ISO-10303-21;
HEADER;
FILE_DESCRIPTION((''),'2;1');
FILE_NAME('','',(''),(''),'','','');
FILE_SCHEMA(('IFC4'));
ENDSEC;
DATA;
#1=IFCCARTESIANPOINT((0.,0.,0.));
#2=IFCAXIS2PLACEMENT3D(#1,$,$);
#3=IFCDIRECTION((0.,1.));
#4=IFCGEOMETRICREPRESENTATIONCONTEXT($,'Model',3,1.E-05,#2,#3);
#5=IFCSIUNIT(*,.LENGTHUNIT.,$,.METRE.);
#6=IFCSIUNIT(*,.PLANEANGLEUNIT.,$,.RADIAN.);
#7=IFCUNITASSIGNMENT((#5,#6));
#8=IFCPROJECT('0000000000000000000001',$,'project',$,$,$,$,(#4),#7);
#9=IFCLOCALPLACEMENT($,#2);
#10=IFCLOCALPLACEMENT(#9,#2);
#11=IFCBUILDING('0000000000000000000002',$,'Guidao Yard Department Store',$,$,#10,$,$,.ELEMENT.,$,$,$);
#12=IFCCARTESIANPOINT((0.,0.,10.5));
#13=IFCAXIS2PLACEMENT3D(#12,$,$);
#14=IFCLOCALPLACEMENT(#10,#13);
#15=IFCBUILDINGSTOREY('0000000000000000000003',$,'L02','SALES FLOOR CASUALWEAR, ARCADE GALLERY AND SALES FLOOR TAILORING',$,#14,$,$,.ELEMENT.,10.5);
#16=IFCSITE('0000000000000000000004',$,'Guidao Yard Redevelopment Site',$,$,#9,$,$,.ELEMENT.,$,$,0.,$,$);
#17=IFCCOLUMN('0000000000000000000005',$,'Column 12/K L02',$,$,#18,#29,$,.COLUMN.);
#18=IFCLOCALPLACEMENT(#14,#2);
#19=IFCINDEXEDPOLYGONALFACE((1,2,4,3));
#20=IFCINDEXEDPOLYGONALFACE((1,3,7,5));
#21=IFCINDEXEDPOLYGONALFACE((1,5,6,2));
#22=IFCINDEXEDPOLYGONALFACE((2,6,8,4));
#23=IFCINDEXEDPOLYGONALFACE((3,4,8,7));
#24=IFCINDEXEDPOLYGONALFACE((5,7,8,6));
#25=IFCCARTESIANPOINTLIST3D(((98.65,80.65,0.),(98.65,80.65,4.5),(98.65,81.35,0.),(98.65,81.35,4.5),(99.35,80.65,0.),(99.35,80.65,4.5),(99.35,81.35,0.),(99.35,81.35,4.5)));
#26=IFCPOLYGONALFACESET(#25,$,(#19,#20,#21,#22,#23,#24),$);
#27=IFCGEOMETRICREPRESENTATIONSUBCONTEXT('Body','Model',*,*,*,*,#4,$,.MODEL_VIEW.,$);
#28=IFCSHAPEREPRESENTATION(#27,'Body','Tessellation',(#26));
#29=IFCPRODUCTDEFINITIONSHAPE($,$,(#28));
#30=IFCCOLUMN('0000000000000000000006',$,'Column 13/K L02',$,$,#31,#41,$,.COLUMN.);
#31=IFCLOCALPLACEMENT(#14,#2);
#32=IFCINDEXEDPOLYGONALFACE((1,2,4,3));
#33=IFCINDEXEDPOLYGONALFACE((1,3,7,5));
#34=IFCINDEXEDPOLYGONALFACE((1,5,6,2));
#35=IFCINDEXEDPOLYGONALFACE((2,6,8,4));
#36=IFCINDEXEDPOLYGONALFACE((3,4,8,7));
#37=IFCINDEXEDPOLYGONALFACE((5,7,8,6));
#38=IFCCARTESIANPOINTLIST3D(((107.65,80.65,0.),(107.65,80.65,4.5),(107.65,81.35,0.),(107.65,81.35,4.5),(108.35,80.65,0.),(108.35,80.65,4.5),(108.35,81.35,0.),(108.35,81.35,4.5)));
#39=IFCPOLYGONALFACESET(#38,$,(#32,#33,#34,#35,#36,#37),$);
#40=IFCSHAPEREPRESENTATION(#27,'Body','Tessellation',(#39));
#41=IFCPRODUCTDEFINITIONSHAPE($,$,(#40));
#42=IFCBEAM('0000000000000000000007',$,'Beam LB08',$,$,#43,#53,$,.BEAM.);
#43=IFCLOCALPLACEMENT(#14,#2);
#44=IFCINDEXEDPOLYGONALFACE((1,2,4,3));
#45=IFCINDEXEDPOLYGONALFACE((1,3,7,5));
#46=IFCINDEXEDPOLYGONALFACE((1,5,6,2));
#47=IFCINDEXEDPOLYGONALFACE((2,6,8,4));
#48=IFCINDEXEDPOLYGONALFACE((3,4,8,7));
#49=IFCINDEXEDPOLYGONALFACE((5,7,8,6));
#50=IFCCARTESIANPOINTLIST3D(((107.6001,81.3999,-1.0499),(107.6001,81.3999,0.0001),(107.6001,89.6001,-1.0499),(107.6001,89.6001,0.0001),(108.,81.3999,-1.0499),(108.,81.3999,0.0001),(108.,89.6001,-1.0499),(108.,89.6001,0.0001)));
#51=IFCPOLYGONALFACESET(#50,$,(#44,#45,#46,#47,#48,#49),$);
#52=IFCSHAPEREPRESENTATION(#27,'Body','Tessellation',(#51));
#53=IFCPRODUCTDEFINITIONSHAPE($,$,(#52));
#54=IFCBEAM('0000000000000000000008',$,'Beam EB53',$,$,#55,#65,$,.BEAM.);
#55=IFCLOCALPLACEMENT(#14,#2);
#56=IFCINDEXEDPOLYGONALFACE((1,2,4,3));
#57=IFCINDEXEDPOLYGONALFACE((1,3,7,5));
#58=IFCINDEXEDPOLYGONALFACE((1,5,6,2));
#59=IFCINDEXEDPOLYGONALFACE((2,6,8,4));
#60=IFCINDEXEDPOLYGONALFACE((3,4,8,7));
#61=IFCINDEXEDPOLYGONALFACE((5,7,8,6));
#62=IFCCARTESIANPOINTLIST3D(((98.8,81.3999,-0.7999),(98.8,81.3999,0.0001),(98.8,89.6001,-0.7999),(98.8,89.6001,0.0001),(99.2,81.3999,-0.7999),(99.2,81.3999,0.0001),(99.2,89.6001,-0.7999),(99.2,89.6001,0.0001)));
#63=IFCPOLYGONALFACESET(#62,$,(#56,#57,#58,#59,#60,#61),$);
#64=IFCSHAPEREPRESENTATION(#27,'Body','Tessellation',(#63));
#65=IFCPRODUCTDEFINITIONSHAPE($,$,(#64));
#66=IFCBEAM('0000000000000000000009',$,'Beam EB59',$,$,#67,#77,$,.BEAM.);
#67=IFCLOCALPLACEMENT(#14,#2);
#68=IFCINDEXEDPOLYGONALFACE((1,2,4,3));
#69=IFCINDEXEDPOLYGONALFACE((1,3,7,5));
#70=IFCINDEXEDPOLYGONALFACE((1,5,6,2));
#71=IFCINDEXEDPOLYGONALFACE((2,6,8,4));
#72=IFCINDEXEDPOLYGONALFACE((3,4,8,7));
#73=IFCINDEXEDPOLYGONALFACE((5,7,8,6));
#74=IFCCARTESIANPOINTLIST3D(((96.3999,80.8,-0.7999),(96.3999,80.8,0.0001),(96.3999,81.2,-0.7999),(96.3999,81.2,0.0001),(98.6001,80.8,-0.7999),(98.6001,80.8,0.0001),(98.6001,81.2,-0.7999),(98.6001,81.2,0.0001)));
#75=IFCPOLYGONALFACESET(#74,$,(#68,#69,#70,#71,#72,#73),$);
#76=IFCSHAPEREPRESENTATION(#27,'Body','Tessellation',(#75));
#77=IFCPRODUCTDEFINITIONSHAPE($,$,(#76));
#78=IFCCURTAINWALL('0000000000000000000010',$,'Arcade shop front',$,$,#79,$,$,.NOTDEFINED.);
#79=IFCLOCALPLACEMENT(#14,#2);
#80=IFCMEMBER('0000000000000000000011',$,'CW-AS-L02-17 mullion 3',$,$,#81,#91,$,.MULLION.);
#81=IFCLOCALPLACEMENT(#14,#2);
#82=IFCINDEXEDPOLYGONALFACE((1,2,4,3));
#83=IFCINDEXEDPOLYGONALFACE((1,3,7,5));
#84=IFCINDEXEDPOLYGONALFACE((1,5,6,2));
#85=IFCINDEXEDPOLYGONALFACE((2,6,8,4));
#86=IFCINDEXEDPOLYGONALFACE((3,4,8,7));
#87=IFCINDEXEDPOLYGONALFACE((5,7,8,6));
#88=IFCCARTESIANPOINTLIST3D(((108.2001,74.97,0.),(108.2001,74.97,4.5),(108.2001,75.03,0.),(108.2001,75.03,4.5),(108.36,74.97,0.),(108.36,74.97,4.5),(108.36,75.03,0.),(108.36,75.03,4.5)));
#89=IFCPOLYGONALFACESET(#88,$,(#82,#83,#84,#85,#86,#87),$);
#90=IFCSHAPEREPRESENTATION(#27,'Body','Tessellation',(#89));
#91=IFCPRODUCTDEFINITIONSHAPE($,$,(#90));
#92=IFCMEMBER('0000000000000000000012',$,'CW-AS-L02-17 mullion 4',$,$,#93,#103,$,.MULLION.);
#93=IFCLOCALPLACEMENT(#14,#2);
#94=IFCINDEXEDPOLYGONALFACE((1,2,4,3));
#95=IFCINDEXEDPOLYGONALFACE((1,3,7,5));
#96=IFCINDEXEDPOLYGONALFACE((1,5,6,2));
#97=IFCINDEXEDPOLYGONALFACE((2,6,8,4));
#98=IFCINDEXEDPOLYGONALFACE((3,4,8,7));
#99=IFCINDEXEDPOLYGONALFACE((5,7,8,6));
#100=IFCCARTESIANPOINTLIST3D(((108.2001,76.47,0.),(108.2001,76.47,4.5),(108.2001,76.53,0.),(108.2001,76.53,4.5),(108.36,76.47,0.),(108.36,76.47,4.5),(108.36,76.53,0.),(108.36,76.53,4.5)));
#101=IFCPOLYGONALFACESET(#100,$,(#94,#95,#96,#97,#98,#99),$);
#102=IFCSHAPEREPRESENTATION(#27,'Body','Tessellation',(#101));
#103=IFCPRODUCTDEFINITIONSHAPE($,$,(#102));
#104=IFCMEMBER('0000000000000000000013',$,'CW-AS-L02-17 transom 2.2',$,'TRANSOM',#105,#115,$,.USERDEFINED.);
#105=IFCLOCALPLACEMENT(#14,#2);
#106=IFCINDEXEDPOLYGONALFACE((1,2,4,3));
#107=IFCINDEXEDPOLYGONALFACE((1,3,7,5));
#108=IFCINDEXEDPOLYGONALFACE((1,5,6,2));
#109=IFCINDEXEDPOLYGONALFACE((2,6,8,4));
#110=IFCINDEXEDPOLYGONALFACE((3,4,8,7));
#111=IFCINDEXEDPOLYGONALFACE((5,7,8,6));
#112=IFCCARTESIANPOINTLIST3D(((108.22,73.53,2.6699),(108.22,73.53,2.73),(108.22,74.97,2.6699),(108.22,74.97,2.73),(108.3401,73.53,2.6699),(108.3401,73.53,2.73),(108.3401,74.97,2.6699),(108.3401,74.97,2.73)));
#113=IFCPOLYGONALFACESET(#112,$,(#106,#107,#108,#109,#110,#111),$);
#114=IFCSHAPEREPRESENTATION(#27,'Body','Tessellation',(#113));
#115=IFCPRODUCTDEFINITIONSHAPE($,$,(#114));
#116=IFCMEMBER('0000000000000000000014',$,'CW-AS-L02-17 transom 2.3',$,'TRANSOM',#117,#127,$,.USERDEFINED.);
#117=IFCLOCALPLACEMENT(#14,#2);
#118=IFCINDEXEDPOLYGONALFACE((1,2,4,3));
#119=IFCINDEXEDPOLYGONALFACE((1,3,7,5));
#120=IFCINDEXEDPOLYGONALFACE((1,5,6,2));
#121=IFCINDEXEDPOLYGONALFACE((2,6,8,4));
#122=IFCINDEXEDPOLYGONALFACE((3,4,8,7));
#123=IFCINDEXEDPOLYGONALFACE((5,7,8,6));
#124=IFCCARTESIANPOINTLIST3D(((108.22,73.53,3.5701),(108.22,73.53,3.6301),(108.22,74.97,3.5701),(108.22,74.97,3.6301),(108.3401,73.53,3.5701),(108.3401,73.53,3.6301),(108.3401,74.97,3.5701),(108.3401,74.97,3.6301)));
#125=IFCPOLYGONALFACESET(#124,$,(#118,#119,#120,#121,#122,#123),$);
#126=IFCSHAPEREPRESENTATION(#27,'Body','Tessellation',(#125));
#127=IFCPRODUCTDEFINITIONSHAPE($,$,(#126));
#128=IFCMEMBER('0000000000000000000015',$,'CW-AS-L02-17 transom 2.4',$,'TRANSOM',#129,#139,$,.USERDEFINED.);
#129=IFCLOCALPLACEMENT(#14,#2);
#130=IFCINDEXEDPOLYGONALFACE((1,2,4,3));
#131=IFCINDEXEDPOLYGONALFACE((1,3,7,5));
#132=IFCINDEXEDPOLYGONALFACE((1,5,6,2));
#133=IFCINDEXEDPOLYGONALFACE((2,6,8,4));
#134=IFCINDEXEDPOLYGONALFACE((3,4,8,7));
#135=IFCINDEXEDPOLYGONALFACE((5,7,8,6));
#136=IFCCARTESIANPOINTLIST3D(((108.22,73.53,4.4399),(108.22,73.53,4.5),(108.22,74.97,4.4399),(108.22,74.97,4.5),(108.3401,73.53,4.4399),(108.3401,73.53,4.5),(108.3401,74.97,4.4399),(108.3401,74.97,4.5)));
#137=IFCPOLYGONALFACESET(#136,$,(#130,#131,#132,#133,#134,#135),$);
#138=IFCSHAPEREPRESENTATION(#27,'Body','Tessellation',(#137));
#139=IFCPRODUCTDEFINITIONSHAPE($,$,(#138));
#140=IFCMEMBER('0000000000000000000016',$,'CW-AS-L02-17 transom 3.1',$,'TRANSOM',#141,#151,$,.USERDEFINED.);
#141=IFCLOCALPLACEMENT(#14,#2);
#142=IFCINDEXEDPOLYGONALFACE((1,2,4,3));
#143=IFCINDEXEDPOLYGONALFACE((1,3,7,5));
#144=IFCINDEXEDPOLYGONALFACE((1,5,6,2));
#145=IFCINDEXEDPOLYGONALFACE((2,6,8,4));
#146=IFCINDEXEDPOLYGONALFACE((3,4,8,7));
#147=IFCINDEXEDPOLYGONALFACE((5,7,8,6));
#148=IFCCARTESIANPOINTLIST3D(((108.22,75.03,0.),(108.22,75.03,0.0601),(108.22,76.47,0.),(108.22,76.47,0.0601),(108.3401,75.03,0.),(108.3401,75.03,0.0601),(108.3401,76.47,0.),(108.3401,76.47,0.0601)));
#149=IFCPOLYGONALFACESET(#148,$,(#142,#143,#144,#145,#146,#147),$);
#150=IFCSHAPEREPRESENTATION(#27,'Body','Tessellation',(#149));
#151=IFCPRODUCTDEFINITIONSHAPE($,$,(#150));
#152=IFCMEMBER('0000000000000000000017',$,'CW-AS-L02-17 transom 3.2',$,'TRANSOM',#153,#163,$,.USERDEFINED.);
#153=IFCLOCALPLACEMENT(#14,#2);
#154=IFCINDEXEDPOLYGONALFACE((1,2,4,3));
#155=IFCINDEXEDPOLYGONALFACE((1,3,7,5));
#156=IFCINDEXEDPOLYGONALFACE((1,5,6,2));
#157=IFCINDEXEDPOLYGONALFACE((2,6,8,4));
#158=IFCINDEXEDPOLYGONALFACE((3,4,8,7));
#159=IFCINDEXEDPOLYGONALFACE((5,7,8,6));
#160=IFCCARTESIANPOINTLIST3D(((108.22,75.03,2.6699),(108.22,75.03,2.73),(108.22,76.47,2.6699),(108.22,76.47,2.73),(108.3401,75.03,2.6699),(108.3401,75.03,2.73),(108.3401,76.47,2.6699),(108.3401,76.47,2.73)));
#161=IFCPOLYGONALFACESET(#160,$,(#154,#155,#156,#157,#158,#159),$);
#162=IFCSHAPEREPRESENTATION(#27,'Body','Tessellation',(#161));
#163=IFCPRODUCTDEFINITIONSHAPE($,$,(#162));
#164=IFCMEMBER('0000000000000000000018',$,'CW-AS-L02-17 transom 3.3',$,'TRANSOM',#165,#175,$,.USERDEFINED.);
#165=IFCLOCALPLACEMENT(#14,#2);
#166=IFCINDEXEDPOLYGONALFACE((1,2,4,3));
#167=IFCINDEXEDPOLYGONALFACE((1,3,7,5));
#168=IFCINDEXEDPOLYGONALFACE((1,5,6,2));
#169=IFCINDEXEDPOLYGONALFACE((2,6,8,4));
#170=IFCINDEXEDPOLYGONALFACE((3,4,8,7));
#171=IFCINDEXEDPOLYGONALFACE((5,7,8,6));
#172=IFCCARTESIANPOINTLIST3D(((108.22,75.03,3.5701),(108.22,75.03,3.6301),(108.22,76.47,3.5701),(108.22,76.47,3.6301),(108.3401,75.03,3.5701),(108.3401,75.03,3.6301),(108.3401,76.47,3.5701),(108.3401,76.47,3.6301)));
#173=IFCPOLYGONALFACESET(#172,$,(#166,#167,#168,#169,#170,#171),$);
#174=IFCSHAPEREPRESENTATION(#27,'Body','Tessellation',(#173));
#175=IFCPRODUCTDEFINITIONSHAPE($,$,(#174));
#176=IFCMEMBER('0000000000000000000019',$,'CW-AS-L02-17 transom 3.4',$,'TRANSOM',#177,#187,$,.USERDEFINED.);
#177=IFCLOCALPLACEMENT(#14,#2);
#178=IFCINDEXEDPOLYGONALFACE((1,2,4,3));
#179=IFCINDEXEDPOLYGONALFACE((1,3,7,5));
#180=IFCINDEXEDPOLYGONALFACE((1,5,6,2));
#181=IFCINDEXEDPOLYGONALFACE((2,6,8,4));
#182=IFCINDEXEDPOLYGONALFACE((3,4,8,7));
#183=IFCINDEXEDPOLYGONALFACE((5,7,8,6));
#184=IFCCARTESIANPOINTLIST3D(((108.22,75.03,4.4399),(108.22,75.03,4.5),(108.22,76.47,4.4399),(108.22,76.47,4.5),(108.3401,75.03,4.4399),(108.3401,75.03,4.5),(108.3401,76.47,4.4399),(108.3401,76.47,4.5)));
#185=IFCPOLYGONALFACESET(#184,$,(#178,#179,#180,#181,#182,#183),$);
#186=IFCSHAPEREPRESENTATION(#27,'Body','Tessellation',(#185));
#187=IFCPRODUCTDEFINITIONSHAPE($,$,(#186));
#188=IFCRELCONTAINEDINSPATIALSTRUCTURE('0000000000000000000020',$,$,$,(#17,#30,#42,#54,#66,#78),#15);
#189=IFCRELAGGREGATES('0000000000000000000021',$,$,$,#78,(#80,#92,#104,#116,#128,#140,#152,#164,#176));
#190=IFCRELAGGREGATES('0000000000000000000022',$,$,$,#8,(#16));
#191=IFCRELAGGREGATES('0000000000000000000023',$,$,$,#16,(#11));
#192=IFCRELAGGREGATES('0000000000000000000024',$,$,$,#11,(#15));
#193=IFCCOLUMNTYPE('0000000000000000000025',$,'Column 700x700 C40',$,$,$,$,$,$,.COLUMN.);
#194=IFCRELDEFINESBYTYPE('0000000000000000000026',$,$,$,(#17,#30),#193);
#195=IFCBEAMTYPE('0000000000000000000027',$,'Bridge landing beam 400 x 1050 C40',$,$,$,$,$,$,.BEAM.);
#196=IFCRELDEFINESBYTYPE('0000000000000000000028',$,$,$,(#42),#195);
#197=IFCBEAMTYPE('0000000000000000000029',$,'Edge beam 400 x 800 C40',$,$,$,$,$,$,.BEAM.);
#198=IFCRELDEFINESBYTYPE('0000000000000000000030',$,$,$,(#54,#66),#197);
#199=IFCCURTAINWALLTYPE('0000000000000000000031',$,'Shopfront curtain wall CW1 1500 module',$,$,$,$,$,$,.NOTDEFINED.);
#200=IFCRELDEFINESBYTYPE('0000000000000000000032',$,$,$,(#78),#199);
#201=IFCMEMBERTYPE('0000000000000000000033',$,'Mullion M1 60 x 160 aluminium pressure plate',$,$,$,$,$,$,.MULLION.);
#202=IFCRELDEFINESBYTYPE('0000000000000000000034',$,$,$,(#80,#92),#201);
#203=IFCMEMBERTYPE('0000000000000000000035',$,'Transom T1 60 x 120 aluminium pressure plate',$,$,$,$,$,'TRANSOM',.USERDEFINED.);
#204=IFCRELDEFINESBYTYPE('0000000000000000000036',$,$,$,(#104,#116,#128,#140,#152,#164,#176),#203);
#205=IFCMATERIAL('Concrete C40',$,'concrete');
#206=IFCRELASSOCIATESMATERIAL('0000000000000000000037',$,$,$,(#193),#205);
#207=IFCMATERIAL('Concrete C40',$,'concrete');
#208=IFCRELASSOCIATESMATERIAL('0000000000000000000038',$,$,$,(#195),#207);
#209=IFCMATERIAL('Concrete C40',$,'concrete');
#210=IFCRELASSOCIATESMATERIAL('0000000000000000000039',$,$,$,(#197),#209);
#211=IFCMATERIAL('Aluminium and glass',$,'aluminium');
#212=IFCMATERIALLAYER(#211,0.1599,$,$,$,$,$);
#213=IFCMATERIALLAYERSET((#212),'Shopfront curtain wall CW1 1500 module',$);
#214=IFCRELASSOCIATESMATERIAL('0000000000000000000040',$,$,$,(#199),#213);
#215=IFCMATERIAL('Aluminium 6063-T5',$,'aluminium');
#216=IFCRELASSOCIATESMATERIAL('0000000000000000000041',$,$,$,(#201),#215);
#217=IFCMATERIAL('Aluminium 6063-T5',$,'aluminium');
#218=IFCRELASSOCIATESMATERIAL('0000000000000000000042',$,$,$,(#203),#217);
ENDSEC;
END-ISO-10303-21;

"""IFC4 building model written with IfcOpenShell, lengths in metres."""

from ifc_helpers import new_model, si_unit, direction, frame, origin, origin_2d, place, context, subcontext, project, spatial, rectangle, extrude, material, layer, layer_set, material_profile, profile_set, type_object, element, aggregate, save


model = new_model("IFC4")

# Units and contexts
model_context = context("Model", 3, precision=1e-05, world=origin(), true_north=direction((0.0, 1.0)))
body_context = subcontext(model_context, "Body", "Model", "MODEL_VIEW")
ifc_project = project(units=[si_unit("LENGTHUNIT", "METRE"), si_unit("PLANEANGLEUNIT", "RADIAN")], contexts=[model_context])

# Site, building, storey
site_placement = place(None, origin())
site = spatial("IfcSite", under=ifc_project, at=site_placement, Name="Guidao Yard Redevelopment Site", CompositionType="ELEMENT", RefElevation=0.0)
building_placement = place(site_placement, origin())
building = spatial("IfcBuilding", under=site, at=building_placement, Name="Guidao Yard Department Store", CompositionType="ELEMENT")
storey_placement = place(building_placement, frame((0.0, 0.0, 10.5)))
storey = spatial("IfcBuildingStorey", under=building, at=storey_placement, Name="L02", Description="SALES FLOOR CASUALWEAR, ARCADE GALLERY AND SALES FLOOR TAILORING", CompositionType="ELEMENT", Elevation=10.5)

# Columns
ifc_material_1 = material(Name="Concrete C40", Category="concrete")
ifc_material_profile_1 = material_profile(ifc_material_1, rectangle(XDim=0.7, YDim=0.7, at=origin_2d()), Name="COL 700x700")
ifc_profile_set_1 = profile_set([ifc_material_profile_1], Name="Concrete C40")
column_type = type_object("IfcColumnType", Name="Column 700x700 C40", PredefinedType="COLUMN", material=ifc_profile_set_1)
for number, where, z_axis, x_axis, name in (
    (1, (99.0, 81.0, 0.0), (0.0, 0.0, 1.0), (1.0, 0.0, 0.0), "Column 12/K L02"),
    (2, (108.0, 81.0, 0.0), (0.0, 0.0, 1.0), (1.0, 0.0, 0.0), "Column 13/K L02"),
):
    element("IfcColumn", number, at=place(storey_placement, frame(where, z_axis=z_axis, x_axis=x_axis)), inside=storey, type_object=column_type, Name=name, PredefinedType="COLUMN", context=body_context, shape_type="SweptSolid", body=[
        extrude(rectangle(XDim=0.7, YDim=0.7, at=origin_2d()), origin(), (0.0, 0.0, 1.0), 4.5),
    ])

# Beams
ifc_material_2 = material(Name="Concrete C40", Category="concrete")
ifc_material_profile_2 = material_profile(ifc_material_2, rectangle(XDim=0.3999, YDim=1.05, at=origin_2d()), Name="Bridge landing beam 400 x 1050 C40")
ifc_profile_set_2 = profile_set([ifc_material_profile_2], Name="Concrete C40")
beam_type_1 = type_object("IfcBeamType", Name="Bridge landing beam 400 x 1050 C40", PredefinedType="BEAM", material=ifc_profile_set_2)
beam_1_placement = place(storey_placement, frame((107.8, 81.3999, -0.5249), z_axis=(0.0, 1.0, 0.0), x_axis=(-1.0, 0.0, 0.0)))
element("IfcBeam", 3, at=beam_1_placement, inside=storey, type_object=beam_type_1, Name="Beam LB08", PredefinedType="BEAM", context=body_context, shape_type="SweptSolid", body=[
    extrude(rectangle(XDim=0.3999, YDim=1.05, at=origin_2d()), origin(), (0.0, 0.0, 1.0), 8.2002),
])
ifc_material_3 = material(Name="Concrete C40", Category="concrete")
ifc_material_profile_3 = material_profile(ifc_material_3, rectangle(XDim=0.3999, YDim=0.8, at=origin_2d()), Name="Edge beam 400 x 800 C40")
ifc_profile_set_3 = profile_set([ifc_material_profile_3], Name="Concrete C40")
beam_type_2 = type_object("IfcBeamType", Name="Edge beam 400 x 800 C40", PredefinedType="BEAM", material=ifc_profile_set_3)
beam_2_placement = place(storey_placement, frame((99.0, 81.3999, -0.3999), z_axis=(0.0, 1.0, 0.0), x_axis=(-1.0, 0.0, 0.0)))
element("IfcBeam", 4, at=beam_2_placement, inside=storey, type_object=beam_type_2, Name="Beam EB53", PredefinedType="BEAM", context=body_context, shape_type="SweptSolid", body=[
    extrude(rectangle(XDim=0.3999, YDim=0.8, at=origin_2d()), origin(), (0.0, 0.0, 1.0), 8.2002),
])
beam_3_placement = place(storey_placement, frame((96.3999, 81.0, -0.3999), z_axis=(1.0, 0.0, 0.0), x_axis=(0.0, 1.0, 0.0)))
element("IfcBeam", 5, at=beam_3_placement, inside=storey, type_object=beam_type_2, Name="Beam EB59", PredefinedType="BEAM", context=body_context, shape_type="SweptSolid", body=[
    extrude(rectangle(XDim=0.3999, YDim=0.8, at=origin_2d()), origin(), (0.0, 0.0, 1.0), 2.2002),
])

# Curtain wall, members
ifc_material_4 = material(Name="Aluminium and glass", Category="aluminium")
ifc_layer_1 = layer(ifc_material_4, 0.1599)
ifc_layer_set_1 = layer_set([ifc_layer_1], Name="Shopfront curtain wall CW1 1500 module")
curtain_wall_type = type_object("IfcCurtainWallType", Name="Shopfront curtain wall CW1 1500 module", PredefinedType="NOTDEFINED", material=ifc_layer_set_1)
curtain_wall_placement = place(storey_placement, origin())
curtain_wall = element("IfcCurtainWall", 6, at=curtain_wall_placement, inside=storey, type_object=curtain_wall_type, Name="Arcade shop front", PredefinedType="NOTDEFINED")
ifc_material_5 = material(Name="Aluminium 6063-T5", Category="aluminium")
ifc_material_profile_4 = material_profile(ifc_material_5, rectangle(XDim=0.0601, YDim=0.1599, at=origin_2d()), Name="Mullion M1 60 x 160 aluminium pressure plate")
ifc_profile_set_4 = profile_set([ifc_material_profile_4], Name="Aluminium 6063-T5")
member_type_1 = type_object("IfcMemberType", Name="Mullion M1 60 x 160 aluminium pressure plate", PredefinedType="MULLION", material=ifc_profile_set_4)
member_1_placement = place(storey_placement, frame((108.28, 75.0, 0.0), z_axis=(0.0, 0.0, 1.0), x_axis=(0.0, -1.0, 0.0)))
member_1 = element("IfcMember", 7, at=member_1_placement, type_object=member_type_1, Name="CW-AS-L02-17 mullion 3", PredefinedType="MULLION", context=body_context, shape_type="SweptSolid", body=[
    extrude(rectangle(XDim=0.0601, YDim=0.1599, at=origin_2d()), origin(), (0.0, 0.0, 1.0), 4.5),
])
member_2_placement = place(storey_placement, frame((108.28, 76.5, 0.0), z_axis=(0.0, 0.0, 1.0), x_axis=(0.0, -1.0, 0.0)))
member_2 = element("IfcMember", 8, at=member_2_placement, type_object=member_type_1, Name="CW-AS-L02-17 mullion 4", PredefinedType="MULLION", context=body_context, shape_type="SweptSolid", body=[
    extrude(rectangle(XDim=0.0601, YDim=0.1599, at=origin_2d()), origin(), (0.0, 0.0, 1.0), 4.5),
])
ifc_material_6 = material(Name="Aluminium 6063-T5", Category="aluminium")
ifc_material_profile_5 = material_profile(ifc_material_6, rectangle(XDim=0.1201, YDim=0.0601, at=origin_2d()), Name="Transom T1 60 x 120 aluminium pressure plate")
ifc_profile_set_5 = profile_set([ifc_material_profile_5], Name="Aluminium 6063-T5")
member_type_2 = type_object("IfcMemberType", Name="Transom T1 60 x 120 aluminium pressure plate", ElementType="TRANSOM", PredefinedType="USERDEFINED", material=ifc_profile_set_5)
member_3_placement = place(storey_placement, frame((108.28, 74.97, 2.7), z_axis=(0.0, -1.0, 0.0), x_axis=(1.0, 0.0, 0.0)))
member_3 = element("IfcMember", 9, at=member_3_placement, type_object=member_type_2, Name="CW-AS-L02-17 transom 2.2", ObjectType="TRANSOM", PredefinedType="USERDEFINED", context=body_context, shape_type="SweptSolid", body=[
    extrude(rectangle(XDim=0.1201, YDim=0.0601, at=origin_2d()), origin(), (0.0, 0.0, 1.0), 1.4399),
])
member_4_placement = place(storey_placement, frame((108.28, 74.97, 3.6001), z_axis=(0.0, -1.0, 0.0), x_axis=(1.0, 0.0, 0.0)))
member_4 = element("IfcMember", 10, at=member_4_placement, type_object=member_type_2, Name="CW-AS-L02-17 transom 2.3", ObjectType="TRANSOM", PredefinedType="USERDEFINED", context=body_context, shape_type="SweptSolid", body=[
    extrude(rectangle(XDim=0.1201, YDim=0.0601, at=origin_2d()), origin(), (0.0, 0.0, 1.0), 1.4399),
])
member_5_placement = place(storey_placement, frame((108.28, 74.97, 4.47), z_axis=(0.0, -1.0, 0.0), x_axis=(1.0, 0.0, 0.0)))
member_5 = element("IfcMember", 11, at=member_5_placement, type_object=member_type_2, Name="CW-AS-L02-17 transom 2.4", ObjectType="TRANSOM", PredefinedType="USERDEFINED", context=body_context, shape_type="SweptSolid", body=[
    extrude(rectangle(XDim=0.1201, YDim=0.0601, at=origin_2d()), origin(), (0.0, 0.0, 1.0), 1.4399),
])
member_6_placement = place(storey_placement, frame((108.28, 76.47, 0.03), z_axis=(0.0, -1.0, 0.0), x_axis=(1.0, 0.0, 0.0)))
member_6 = element("IfcMember", 12, at=member_6_placement, type_object=member_type_2, Name="CW-AS-L02-17 transom 3.1", ObjectType="TRANSOM", PredefinedType="USERDEFINED", context=body_context, shape_type="SweptSolid", body=[
    extrude(rectangle(XDim=0.1201, YDim=0.0601, at=origin_2d()), origin(), (0.0, 0.0, 1.0), 1.4399),
])
member_7_placement = place(storey_placement, frame((108.28, 76.47, 2.7), z_axis=(0.0, -1.0, 0.0), x_axis=(1.0, 0.0, 0.0)))
member_7 = element("IfcMember", 13, at=member_7_placement, type_object=member_type_2, Name="CW-AS-L02-17 transom 3.2", ObjectType="TRANSOM", PredefinedType="USERDEFINED", context=body_context, shape_type="SweptSolid", body=[
    extrude(rectangle(XDim=0.1201, YDim=0.0601, at=origin_2d()), origin(), (0.0, 0.0, 1.0), 1.4399),
])
member_8_placement = place(storey_placement, frame((108.28, 76.47, 3.6001), z_axis=(0.0, -1.0, 0.0), x_axis=(1.0, 0.0, 0.0)))
member_8 = element("IfcMember", 14, at=member_8_placement, type_object=member_type_2, Name="CW-AS-L02-17 transom 3.3", ObjectType="TRANSOM", PredefinedType="USERDEFINED", context=body_context, shape_type="SweptSolid", body=[
    extrude(rectangle(XDim=0.1201, YDim=0.0601, at=origin_2d()), origin(), (0.0, 0.0, 1.0), 1.4399),
])
member_9_placement = place(storey_placement, frame((108.28, 76.47, 4.47), z_axis=(0.0, -1.0, 0.0), x_axis=(1.0, 0.0, 0.0)))
member_9 = element("IfcMember", 15, at=member_9_placement, type_object=member_type_2, Name="CW-AS-L02-17 transom 3.4", ObjectType="TRANSOM", PredefinedType="USERDEFINED", context=body_context, shape_type="SweptSolid", body=[
    extrude(rectangle(XDim=0.1201, YDim=0.0601, at=origin_2d()), origin(), (0.0, 0.0, 1.0), 1.4399),
])
aggregate(curtain_wall, [member_1, member_2, member_3, member_4, member_5, member_6, member_7, member_8, member_9])

save(model, "model.ifc")
